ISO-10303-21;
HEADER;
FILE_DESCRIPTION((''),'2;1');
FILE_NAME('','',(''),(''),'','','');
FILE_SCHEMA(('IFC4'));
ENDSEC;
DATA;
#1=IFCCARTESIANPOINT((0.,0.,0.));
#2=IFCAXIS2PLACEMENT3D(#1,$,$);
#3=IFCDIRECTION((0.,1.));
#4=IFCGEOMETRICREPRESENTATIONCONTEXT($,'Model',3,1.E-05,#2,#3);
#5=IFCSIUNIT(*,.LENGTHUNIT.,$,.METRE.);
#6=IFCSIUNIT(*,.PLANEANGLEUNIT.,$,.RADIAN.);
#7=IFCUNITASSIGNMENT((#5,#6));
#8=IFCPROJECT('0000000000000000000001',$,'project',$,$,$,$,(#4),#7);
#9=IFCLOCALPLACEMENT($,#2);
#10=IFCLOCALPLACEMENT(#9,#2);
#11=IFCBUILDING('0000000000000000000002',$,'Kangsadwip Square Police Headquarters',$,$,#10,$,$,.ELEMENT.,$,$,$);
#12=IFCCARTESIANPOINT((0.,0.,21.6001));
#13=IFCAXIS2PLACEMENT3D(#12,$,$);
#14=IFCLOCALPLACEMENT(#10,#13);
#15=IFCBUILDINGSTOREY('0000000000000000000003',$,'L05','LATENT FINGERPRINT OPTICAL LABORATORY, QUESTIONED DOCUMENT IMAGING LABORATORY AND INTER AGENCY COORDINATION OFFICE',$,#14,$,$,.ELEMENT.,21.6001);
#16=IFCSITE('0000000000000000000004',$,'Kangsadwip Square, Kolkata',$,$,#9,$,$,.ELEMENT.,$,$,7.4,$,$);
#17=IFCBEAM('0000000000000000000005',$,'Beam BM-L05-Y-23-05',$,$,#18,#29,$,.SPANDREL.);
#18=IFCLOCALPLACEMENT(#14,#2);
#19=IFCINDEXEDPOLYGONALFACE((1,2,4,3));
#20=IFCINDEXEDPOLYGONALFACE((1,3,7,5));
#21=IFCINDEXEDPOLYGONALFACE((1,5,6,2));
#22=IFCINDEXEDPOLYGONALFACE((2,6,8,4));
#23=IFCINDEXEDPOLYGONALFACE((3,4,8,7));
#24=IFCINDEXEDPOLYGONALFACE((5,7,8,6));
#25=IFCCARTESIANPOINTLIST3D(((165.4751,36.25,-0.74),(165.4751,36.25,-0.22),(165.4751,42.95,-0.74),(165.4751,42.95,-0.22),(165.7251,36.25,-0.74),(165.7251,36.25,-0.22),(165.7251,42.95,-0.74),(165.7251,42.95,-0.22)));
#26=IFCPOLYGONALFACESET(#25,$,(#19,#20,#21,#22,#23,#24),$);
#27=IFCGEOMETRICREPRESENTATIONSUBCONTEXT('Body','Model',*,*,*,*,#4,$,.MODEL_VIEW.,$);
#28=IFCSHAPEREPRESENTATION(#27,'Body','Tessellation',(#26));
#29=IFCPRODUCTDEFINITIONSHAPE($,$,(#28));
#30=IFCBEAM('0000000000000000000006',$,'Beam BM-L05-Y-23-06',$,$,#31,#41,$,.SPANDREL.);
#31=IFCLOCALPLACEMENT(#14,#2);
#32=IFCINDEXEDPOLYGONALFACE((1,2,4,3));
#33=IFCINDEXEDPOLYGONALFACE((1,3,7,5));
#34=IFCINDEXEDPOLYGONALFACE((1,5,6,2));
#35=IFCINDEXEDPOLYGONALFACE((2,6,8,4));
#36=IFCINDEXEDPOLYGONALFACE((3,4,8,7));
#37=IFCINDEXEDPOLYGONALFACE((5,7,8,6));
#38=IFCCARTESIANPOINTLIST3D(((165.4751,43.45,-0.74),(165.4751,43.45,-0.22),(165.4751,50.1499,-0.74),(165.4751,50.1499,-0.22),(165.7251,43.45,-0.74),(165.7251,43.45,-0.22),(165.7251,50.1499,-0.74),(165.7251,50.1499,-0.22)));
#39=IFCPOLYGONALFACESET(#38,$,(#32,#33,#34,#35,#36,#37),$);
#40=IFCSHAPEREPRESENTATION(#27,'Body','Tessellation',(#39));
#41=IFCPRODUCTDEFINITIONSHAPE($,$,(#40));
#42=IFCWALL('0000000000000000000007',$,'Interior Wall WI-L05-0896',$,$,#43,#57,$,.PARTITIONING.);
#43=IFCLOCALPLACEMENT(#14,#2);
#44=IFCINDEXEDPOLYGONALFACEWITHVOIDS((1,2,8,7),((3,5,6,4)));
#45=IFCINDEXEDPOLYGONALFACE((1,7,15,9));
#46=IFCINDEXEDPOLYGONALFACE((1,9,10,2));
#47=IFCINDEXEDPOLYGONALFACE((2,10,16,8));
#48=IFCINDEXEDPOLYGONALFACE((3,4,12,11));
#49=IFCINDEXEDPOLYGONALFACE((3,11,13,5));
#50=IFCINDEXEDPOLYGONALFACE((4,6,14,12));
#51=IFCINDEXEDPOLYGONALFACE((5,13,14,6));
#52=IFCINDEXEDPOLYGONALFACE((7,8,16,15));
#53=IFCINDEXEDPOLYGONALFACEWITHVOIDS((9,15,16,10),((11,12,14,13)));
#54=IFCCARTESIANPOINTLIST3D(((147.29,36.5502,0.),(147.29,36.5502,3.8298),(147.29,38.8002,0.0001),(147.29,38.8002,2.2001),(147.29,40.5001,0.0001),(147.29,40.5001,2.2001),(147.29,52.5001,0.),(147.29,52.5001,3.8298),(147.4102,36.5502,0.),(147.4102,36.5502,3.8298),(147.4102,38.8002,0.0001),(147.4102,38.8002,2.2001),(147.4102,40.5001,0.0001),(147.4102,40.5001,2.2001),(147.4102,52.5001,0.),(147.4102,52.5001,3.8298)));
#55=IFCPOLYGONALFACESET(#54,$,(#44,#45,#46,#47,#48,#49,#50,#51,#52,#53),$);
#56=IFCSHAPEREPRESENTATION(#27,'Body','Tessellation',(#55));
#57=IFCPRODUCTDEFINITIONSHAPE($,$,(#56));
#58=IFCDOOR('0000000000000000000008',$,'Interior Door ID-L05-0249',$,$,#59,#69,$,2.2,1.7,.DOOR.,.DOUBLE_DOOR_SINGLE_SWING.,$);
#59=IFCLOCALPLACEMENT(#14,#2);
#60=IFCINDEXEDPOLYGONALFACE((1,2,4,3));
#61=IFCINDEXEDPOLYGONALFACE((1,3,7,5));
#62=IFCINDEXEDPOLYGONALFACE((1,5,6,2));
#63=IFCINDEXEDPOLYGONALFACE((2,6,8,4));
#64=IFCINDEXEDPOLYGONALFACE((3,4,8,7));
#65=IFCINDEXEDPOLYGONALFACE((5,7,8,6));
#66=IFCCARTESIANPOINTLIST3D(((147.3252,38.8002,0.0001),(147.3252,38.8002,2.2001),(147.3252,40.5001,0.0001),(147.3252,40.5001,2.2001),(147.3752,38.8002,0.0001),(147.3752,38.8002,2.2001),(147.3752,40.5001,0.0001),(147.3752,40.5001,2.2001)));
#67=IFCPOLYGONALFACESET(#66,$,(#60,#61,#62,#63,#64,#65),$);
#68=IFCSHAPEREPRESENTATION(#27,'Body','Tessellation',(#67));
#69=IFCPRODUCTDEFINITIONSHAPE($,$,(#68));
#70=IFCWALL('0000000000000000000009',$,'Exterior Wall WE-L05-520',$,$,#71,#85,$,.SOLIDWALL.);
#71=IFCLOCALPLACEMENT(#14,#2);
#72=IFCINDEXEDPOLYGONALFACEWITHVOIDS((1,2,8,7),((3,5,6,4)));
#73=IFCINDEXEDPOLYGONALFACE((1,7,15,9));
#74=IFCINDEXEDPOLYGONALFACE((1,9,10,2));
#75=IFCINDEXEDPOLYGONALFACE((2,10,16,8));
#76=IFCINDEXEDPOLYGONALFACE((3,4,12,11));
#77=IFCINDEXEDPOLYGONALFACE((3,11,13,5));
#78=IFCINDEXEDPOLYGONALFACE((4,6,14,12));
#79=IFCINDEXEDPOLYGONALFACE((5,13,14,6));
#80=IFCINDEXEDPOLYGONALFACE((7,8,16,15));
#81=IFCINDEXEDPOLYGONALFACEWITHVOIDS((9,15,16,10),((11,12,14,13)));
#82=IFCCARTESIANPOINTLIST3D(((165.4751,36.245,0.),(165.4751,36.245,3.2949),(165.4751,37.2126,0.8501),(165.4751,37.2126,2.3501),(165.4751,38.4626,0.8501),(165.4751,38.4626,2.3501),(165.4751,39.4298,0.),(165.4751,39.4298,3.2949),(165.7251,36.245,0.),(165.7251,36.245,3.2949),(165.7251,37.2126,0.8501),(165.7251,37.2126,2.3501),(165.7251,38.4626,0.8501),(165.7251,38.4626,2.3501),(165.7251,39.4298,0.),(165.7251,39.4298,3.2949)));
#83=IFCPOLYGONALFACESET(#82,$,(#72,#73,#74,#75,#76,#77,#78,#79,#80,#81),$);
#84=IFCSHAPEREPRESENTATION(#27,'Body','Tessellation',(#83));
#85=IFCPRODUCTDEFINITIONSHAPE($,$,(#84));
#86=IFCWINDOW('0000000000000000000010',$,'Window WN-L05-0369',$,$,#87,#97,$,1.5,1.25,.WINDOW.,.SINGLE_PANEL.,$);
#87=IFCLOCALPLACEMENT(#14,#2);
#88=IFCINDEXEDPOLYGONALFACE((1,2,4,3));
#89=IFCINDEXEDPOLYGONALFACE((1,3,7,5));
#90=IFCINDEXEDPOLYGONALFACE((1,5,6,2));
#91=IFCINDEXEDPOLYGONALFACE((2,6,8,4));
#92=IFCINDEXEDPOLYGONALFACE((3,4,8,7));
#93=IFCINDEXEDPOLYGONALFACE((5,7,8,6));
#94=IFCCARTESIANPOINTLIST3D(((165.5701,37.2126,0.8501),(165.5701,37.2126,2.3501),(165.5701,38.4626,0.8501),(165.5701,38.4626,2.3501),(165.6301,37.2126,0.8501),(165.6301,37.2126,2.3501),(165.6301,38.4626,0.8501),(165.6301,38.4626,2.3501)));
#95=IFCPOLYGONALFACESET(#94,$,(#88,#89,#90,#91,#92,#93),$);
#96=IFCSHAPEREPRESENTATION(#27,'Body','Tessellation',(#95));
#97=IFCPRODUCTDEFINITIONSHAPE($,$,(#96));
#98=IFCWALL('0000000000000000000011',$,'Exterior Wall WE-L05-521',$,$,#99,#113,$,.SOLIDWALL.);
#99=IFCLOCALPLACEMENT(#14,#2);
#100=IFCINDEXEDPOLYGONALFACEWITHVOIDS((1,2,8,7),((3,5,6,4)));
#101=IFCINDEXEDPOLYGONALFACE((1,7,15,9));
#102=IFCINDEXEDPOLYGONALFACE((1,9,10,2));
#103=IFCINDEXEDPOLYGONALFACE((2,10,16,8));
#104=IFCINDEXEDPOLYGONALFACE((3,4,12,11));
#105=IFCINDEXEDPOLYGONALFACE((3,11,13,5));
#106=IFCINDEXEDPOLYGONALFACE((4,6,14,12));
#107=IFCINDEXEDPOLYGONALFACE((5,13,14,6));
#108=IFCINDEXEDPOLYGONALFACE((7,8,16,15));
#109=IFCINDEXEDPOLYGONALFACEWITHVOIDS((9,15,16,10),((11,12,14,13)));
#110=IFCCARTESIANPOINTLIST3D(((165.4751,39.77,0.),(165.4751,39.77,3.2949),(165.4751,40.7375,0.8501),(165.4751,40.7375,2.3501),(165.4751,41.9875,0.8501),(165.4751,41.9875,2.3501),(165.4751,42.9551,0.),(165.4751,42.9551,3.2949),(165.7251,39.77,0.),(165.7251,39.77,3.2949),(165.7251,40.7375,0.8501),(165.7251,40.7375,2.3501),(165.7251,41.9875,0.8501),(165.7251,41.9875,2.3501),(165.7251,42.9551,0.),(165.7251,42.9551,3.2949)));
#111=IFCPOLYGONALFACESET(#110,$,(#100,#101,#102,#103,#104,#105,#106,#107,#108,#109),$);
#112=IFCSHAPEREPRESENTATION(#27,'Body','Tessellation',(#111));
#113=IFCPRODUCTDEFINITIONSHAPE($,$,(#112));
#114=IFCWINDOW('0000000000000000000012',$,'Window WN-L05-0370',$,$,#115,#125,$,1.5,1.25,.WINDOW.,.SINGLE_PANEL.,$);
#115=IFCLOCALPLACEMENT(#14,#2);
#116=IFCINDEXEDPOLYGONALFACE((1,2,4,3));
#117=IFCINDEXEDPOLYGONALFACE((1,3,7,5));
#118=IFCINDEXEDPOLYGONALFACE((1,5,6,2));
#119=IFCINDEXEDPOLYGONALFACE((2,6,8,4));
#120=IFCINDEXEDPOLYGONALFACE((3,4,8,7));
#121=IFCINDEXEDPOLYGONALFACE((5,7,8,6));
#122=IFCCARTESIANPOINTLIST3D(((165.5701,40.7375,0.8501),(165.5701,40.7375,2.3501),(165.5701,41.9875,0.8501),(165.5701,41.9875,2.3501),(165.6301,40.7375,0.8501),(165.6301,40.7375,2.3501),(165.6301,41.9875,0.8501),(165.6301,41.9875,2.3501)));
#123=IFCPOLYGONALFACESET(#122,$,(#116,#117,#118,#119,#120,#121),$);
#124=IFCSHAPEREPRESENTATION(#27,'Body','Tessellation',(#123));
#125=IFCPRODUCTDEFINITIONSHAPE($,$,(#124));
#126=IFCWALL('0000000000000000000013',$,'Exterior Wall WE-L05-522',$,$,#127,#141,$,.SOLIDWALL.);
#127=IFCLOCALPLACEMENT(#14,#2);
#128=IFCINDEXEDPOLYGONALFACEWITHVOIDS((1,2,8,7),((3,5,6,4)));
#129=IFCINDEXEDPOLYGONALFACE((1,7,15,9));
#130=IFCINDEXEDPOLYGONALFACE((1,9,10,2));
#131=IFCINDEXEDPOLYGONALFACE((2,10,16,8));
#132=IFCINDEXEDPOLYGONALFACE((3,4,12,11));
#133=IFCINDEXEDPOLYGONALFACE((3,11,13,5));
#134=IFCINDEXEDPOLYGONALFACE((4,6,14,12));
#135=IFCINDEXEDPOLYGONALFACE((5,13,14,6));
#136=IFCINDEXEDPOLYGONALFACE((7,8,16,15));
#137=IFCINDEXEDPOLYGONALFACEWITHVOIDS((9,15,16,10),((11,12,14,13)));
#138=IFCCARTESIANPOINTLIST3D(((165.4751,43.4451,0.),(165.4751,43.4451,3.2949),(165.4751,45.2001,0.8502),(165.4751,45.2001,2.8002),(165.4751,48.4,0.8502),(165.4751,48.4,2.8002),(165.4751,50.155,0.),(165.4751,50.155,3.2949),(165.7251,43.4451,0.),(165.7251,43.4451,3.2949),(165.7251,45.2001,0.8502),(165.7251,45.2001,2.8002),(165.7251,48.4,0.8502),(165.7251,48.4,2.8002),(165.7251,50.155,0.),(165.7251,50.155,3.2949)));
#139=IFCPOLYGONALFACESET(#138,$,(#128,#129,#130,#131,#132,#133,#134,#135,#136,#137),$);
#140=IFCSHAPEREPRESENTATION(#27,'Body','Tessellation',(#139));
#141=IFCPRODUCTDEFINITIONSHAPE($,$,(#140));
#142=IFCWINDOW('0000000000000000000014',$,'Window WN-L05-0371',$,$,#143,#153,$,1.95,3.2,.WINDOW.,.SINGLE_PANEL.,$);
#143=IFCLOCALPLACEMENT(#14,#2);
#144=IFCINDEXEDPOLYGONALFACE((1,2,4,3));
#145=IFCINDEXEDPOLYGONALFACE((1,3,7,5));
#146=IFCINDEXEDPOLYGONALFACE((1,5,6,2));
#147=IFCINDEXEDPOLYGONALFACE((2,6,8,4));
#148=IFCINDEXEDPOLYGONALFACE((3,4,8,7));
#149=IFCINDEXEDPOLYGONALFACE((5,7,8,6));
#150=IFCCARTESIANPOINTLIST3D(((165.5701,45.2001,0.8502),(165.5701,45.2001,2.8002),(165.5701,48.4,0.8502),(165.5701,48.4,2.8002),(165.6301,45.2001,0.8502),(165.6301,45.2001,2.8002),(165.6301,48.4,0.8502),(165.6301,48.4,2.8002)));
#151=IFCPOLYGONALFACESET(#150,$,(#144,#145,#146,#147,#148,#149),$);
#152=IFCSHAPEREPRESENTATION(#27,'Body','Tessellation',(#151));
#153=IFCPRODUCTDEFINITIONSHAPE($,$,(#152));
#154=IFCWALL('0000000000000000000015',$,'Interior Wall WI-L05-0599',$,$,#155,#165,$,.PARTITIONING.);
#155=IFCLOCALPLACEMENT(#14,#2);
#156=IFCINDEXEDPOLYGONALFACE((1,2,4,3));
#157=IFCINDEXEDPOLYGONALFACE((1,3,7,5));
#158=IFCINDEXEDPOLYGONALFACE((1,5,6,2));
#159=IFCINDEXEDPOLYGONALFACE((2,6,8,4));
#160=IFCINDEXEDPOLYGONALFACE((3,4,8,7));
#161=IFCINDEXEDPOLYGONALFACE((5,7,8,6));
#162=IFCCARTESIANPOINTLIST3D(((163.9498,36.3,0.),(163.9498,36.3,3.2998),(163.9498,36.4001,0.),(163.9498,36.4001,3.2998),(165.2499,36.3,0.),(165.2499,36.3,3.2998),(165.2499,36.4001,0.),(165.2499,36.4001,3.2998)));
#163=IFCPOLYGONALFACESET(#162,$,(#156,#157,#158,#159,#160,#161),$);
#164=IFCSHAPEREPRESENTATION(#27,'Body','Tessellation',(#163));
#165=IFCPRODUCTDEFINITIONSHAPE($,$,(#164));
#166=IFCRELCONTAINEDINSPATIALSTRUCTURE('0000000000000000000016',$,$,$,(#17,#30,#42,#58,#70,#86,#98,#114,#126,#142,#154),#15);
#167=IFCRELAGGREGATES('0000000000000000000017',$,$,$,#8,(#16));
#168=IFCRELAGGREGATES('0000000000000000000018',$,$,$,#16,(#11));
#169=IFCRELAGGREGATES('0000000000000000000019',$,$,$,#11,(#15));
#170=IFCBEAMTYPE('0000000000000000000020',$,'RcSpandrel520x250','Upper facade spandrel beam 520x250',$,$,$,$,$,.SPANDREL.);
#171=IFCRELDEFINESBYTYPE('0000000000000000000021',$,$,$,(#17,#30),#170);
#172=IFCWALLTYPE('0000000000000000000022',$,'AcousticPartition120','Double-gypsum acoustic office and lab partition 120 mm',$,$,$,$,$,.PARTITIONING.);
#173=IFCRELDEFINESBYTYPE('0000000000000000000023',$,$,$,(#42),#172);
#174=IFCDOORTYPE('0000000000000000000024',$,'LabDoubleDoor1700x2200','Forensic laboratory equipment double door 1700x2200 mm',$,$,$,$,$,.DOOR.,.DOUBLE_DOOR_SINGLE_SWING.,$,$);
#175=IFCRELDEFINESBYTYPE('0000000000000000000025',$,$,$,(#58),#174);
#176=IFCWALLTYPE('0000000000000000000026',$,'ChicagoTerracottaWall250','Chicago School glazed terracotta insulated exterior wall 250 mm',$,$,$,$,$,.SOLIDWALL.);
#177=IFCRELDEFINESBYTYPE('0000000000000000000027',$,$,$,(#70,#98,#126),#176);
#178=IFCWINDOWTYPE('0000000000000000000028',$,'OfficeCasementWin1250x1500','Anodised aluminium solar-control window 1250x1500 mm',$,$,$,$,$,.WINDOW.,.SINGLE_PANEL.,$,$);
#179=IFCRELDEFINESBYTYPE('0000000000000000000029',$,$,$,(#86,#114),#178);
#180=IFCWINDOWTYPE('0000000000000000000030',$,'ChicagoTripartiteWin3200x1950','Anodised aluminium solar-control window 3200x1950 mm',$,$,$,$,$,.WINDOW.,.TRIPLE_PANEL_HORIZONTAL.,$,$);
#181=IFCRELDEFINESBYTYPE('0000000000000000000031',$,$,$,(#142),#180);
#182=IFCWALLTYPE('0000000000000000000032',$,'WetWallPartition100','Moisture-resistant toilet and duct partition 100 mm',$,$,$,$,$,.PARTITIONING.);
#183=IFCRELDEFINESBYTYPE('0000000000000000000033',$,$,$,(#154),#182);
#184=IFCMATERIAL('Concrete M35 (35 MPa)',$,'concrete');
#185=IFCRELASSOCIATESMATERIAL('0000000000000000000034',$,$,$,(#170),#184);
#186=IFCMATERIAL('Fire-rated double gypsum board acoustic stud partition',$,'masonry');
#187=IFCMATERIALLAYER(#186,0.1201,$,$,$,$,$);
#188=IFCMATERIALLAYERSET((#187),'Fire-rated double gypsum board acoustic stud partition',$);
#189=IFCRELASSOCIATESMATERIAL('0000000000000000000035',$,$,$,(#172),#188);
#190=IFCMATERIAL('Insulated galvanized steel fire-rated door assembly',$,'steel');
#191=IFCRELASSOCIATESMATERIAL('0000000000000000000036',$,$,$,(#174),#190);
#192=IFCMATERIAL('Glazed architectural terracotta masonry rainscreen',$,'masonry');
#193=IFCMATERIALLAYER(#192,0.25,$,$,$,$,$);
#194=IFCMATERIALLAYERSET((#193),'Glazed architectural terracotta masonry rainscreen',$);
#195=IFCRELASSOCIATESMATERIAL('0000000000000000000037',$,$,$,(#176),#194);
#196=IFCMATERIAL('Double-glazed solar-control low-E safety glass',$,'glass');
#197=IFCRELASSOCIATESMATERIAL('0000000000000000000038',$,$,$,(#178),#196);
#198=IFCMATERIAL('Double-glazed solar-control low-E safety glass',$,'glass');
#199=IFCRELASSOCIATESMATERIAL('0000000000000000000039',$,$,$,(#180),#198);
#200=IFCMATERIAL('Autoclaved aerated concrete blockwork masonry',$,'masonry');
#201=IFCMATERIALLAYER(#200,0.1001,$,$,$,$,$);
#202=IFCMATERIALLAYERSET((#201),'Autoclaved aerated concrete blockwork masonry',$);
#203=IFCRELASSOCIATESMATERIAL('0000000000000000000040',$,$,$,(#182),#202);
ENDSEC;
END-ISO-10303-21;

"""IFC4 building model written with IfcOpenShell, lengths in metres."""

from ifc_helpers import new_model, si_unit, direction, frame, frame_2d, origin, origin_2d, place, context, subcontext, project, spatial, rectangle, extrude, material, layer, layer_set, material_profile, profile_set, type_object, element, fill, save


model = new_model("IFC4")

# Units and contexts
model_context = context("Model", 3, precision=1e-05, world=origin(), true_north=direction((0.0, 1.0)))
body_context = subcontext(model_context, "Body", "Model", "MODEL_VIEW")
ifc_project = project(units=[si_unit("LENGTHUNIT", "METRE"), si_unit("PLANEANGLEUNIT", "RADIAN")], contexts=[model_context])

# Site, building, storey
site_placement = place(None, origin())
site = spatial("IfcSite", under=ifc_project, at=site_placement, Name="Kangsadwip Square, Kolkata", CompositionType="ELEMENT", RefElevation=7.4)
building_placement = place(site_placement, origin())
building = spatial("IfcBuilding", under=site, at=building_placement, Name="Kangsadwip Square Police Headquarters", CompositionType="ELEMENT")
storey_placement = place(building_placement, frame((0.0, 0.0, 21.6001)))
storey = spatial("IfcBuildingStorey", under=building, at=storey_placement, Name="L05", Description="LATENT FINGERPRINT OPTICAL LABORATORY, QUESTIONED DOCUMENT IMAGING LABORATORY AND INTER AGENCY COORDINATION OFFICE", CompositionType="ELEMENT", Elevation=21.6001)

# Beams
ifc_material_1 = material(Name="Concrete M35 (35 MPa)", Category="concrete")
ifc_material_profile_1 = material_profile(ifc_material_1, rectangle(XDim=0.25, YDim=0.52, at=origin_2d()), Name="RC SPN 520X250")
ifc_profile_set_1 = profile_set([ifc_material_profile_1], Name="Concrete M35 (35 MPa)")
beam_type_1 = type_object("IfcBeamType", Name="RcSpandrel520x250", Description="Upper facade spandrel beam 520x250", PredefinedType="SPANDREL", material=ifc_profile_set_1)
for number, where, z_axis, x_axis, name in (
    (1, (165.6001, 36.25, -0.48), (0.0, 1.0, 0.0), (-1.0, 0.0, 0.0), "Beam BM-L05-Y-23-05"),
    (2, (165.6001, 43.45, -0.48), (0.0, 1.0, 0.0), (-1.0, 0.0, 0.0), "Beam BM-L05-Y-23-06"),
):
    element("IfcBeam", number, at=place(storey_placement, frame(where, z_axis=z_axis, x_axis=x_axis)), inside=storey, type_object=beam_type_1, Name=name, PredefinedType="SPANDREL", context=body_context, shape_type="SweptSolid", body=[
        extrude(rectangle(XDim=0.25, YDim=0.52, at=origin_2d()), origin(), (0.0, 0.0, 1.0), 6.7),
    ])

# Wall, opening, door
ifc_material_2 = material(Name="Fire-rated double gypsum board acoustic stud partition", Category="masonry")
ifc_layer_1 = layer(ifc_material_2, 0.1201)
ifc_layer_set_1 = layer_set([ifc_layer_1], Name="Fire-rated double gypsum board acoustic stud partition")
wall_type_1 = type_object("IfcWallType", Name="AcousticPartition120", Description="Double-gypsum acoustic office and lab partition 120 mm", PredefinedType="PARTITIONING", material=ifc_layer_set_1)
wall_1_placement = place(storey_placement, frame((147.3501, 36.55, 0.0), z_axis=(0.0, 0.0, 1.0), x_axis=(0.0, 1.0, 0.0)))
wall_1 = element("IfcWall", 3, at=wall_1_placement, inside=storey, type_object=wall_type_1, Name="Interior Wall WI-L05-0896", PredefinedType="PARTITIONING", context=body_context, shape_type="SweptSolid", body=[
    extrude(rectangle(XDim=15.95, YDim=0.1201, at=frame_2d((7.9751, 0.0))), origin(), (0.0, 0.0, 1.0), 3.8298),
])
opening_1_placement = place(wall_1_placement, frame((2.25, 0.0, 0.0)))
opening_1 = element("IfcOpeningElement", 4, at=opening_1_placement, cuts=wall_1, PredefinedType="OPENING", context=body_context, shape_type="SweptSolid", body=[
    extrude(rectangle(XDim=1.7, YDim=2.2, at=frame_2d((0.8501, 1.1001))), frame((0.0, 0.0701, 0.0), z_axis=(0.0, -1.0, 0.0), x_axis=(1.0, 0.0, 0.0)), (0.0, 0.0, 1.0), 0.1401),
])
ifc_material_3 = material(Name="Insulated galvanized steel fire-rated door assembly", Category="steel")
door_type = type_object("IfcDoorType", Name="LabDoubleDoor1700x2200", Description="Forensic laboratory equipment double door 1700x2200 mm", OperationType="DOUBLE_DOOR_SINGLE_SWING", PredefinedType="DOOR", material=ifc_material_3)
door_placement = place(opening_1_placement, origin())
door = element("IfcDoor", 5, at=door_placement, inside=storey, type_object=door_type, Name="Interior Door ID-L05-0249", OperationType="DOUBLE_DOOR_SINGLE_SWING", OverallHeight=2.2, OverallWidth=1.7, PredefinedType="DOOR", context=body_context, shape_type="SweptSolid", body=[
    extrude(rectangle(XDim=1.7, YDim=2.2, at=frame_2d((0.8501, 1.1001))), frame((0.0, 0.0249, 0.0), z_axis=(0.0, -1.0, 0.0), x_axis=(1.0, 0.0, 0.0)), (0.0, 0.0, 1.0), 0.05),
])
fill(opening_1, door)

# Walls, openings, windows
ifc_material_4 = material(Name="Glazed architectural terracotta masonry rainscreen", Category="masonry")
ifc_layer_2 = layer(ifc_material_4, 0.25)
ifc_layer_set_2 = layer_set([ifc_layer_2], Name="Glazed architectural terracotta masonry rainscreen")
wall_type_2 = type_object("IfcWallType", Name="ChicagoTerracottaWall250", Description="Chicago School glazed terracotta insulated exterior wall 250 mm", PredefinedType="SOLIDWALL", material=ifc_layer_set_2)
wall_2_placement = place(storey_placement, frame((165.6001, 36.2451, 0.0), z_axis=(0.0, 0.0, 1.0), x_axis=(0.0, 1.0, 0.0)))
wall_2 = element("IfcWall", 6, at=wall_2_placement, inside=storey, type_object=wall_type_2, Name="Exterior Wall WE-L05-520", PredefinedType="SOLIDWALL", context=body_context, shape_type="SweptSolid", body=[
    extrude(rectangle(XDim=3.1848, YDim=0.25, at=frame_2d((1.5923, 0.0))), origin(), (0.0, 0.0, 1.0), 3.2949),
])
opening_2_placement = place(wall_2_placement, frame((0.9675, 0.0, 0.8501)))
opening_2 = element("IfcOpeningElement", 7, at=opening_2_placement, cuts=wall_2, PredefinedType="OPENING", context=body_context, shape_type="SweptSolid", body=[
    extrude(rectangle(XDim=1.25, YDim=1.5, at=frame_2d((0.625, 0.75))), frame((0.0, 0.135, 0.0), z_axis=(0.0, -1.0, 0.0), x_axis=(1.0, 0.0, 0.0)), (0.0, 0.0, 1.0), 0.27),
])
ifc_material_5 = material(Name="Double-glazed solar-control low-E safety glass", Category="glass")
window_type_1 = type_object("IfcWindowType", Name="OfficeCasementWin1250x1500", Description="Anodised aluminium solar-control window 1250x1500 mm", PartitioningType="SINGLE_PANEL", PredefinedType="WINDOW", material=ifc_material_5)
window_1_placement = place(opening_2_placement, origin())
window_1 = element("IfcWindow", 8, at=window_1_placement, inside=storey, type_object=window_type_1, Name="Window WN-L05-0369", OverallHeight=1.5, OverallWidth=1.25, PartitioningType="SINGLE_PANEL", PredefinedType="WINDOW", context=body_context, shape_type="SweptSolid", body=[
    extrude(rectangle(XDim=1.25, YDim=1.5, at=frame_2d((0.625, 0.75))), frame((0.0, 0.03, 0.0), z_axis=(0.0, -1.0, 0.0), x_axis=(1.0, 0.0, 0.0)), (0.0, 0.0, 1.0), 0.0601),
])
fill(opening_2, window_1)
wall_3_placement = place(storey_placement, frame((165.6001, 39.77, 0.0), z_axis=(0.0, 0.0, 1.0), x_axis=(0.0, 1.0, 0.0)))
wall_3 = element("IfcWall", 9, at=wall_3_placement, inside=storey, type_object=wall_type_2, Name="Exterior Wall WE-L05-521", PredefinedType="SOLIDWALL", context=body_context, shape_type="SweptSolid", body=[
    extrude(rectangle(XDim=3.1851, YDim=0.25, at=frame_2d((1.5925, 0.0))), origin(), (0.0, 0.0, 1.0), 3.2949),
])
opening_3_placement = place(wall_3_placement, frame((0.9675, 0.0, 0.8501)))
opening_3 = element("IfcOpeningElement", 10, at=opening_3_placement, cuts=wall_3, PredefinedType="OPENING", context=body_context, shape_type="SweptSolid", body=[
    extrude(rectangle(XDim=1.25, YDim=1.5, at=frame_2d((0.625, 0.75))), frame((0.0, 0.135, 0.0), z_axis=(0.0, -1.0, 0.0), x_axis=(1.0, 0.0, 0.0)), (0.0, 0.0, 1.0), 0.27),
])
window_2_placement = place(opening_3_placement, origin())
window_2 = element("IfcWindow", 11, at=window_2_placement, inside=storey, type_object=window_type_1, Name="Window WN-L05-0370", OverallHeight=1.5, OverallWidth=1.25, PartitioningType="SINGLE_PANEL", PredefinedType="WINDOW", context=body_context, shape_type="SweptSolid", body=[
    extrude(rectangle(XDim=1.25, YDim=1.5, at=frame_2d((0.625, 0.75))), frame((0.0, 0.03, 0.0), z_axis=(0.0, -1.0, 0.0), x_axis=(1.0, 0.0, 0.0)), (0.0, 0.0, 1.0), 0.0601),
])
fill(opening_3, window_2)
wall_4_placement = place(storey_placement, frame((165.6001, 43.4451, 0.0), z_axis=(0.0, 0.0, 1.0), x_axis=(0.0, 1.0, 0.0)))
wall_4 = element("IfcWall", 12, at=wall_4_placement, inside=storey, type_object=wall_type_2, Name="Exterior Wall WE-L05-522", PredefinedType="SOLIDWALL", context=body_context, shape_type="SweptSolid", body=[
    extrude(rectangle(XDim=6.71, YDim=0.25, at=frame_2d((3.355, 0.0))), origin(), (0.0, 0.0, 1.0), 3.2949),
])
opening_4_placement = place(wall_4_placement, frame((1.7549, 0.0, 0.8501)))
opening_4 = element("IfcOpeningElement", 13, at=opening_4_placement, cuts=wall_4, PredefinedType="OPENING", context=body_context, shape_type="SweptSolid", body=[
    extrude(rectangle(XDim=3.2, YDim=1.95, at=frame_2d((1.6001, 0.9751))), frame((0.0, 0.135, 0.0), z_axis=(0.0, -1.0, 0.0), x_axis=(1.0, 0.0, 0.0)), (0.0, 0.0, 1.0), 0.27),
])
ifc_material_6 = material(Name="Double-glazed solar-control low-E safety glass", Category="glass")
window_type_2 = type_object("IfcWindowType", Name="ChicagoTripartiteWin3200x1950", Description="Anodised aluminium solar-control window 3200x1950 mm", PartitioningType="TRIPLE_PANEL_HORIZONTAL", PredefinedType="WINDOW", material=ifc_material_6)
window_3_placement = place(opening_4_placement, origin())
window_3 = element("IfcWindow", 14, at=window_3_placement, inside=storey, type_object=window_type_2, Name="Window WN-L05-0371", OverallHeight=1.95, OverallWidth=3.2, PartitioningType="SINGLE_PANEL", PredefinedType="WINDOW", context=body_context, shape_type="SweptSolid", body=[
    extrude(rectangle(XDim=3.2, YDim=1.95, at=frame_2d((1.6001, 0.9751))), frame((0.0, 0.03, 0.0), z_axis=(0.0, -1.0, 0.0), x_axis=(1.0, 0.0, 0.0)), (0.0, 0.0, 1.0), 0.0601),
])
fill(opening_4, window_3)

# Wall
ifc_material_7 = material(Name="Autoclaved aerated concrete blockwork masonry", Category="masonry")
ifc_layer_3 = layer(ifc_material_7, 0.1001)
ifc_layer_set_3 = layer_set([ifc_layer_3], Name="Autoclaved aerated concrete blockwork masonry")
wall_type_3 = type_object("IfcWallType", Name="WetWallPartition100", Description="Moisture-resistant toilet and duct partition 100 mm", PredefinedType="PARTITIONING", material=ifc_layer_set_3)
wall_5_placement = place(storey_placement, frame((163.95, 36.3501, 0.0), z_axis=(0.0, 0.0, 1.0), x_axis=(1.0, 0.0, 0.0)))
element("IfcWall", 15, at=wall_5_placement, inside=storey, type_object=wall_type_3, Name="Interior Wall WI-L05-0599", PredefinedType="PARTITIONING", context=body_context, shape_type="SweptSolid", body=[
    extrude(rectangle(XDim=1.3, YDim=0.1001, at=frame_2d((0.6499, 0.0))), origin(), (0.0, 0.0, 1.0), 3.2998),
])

save(model, "model.ifc")
